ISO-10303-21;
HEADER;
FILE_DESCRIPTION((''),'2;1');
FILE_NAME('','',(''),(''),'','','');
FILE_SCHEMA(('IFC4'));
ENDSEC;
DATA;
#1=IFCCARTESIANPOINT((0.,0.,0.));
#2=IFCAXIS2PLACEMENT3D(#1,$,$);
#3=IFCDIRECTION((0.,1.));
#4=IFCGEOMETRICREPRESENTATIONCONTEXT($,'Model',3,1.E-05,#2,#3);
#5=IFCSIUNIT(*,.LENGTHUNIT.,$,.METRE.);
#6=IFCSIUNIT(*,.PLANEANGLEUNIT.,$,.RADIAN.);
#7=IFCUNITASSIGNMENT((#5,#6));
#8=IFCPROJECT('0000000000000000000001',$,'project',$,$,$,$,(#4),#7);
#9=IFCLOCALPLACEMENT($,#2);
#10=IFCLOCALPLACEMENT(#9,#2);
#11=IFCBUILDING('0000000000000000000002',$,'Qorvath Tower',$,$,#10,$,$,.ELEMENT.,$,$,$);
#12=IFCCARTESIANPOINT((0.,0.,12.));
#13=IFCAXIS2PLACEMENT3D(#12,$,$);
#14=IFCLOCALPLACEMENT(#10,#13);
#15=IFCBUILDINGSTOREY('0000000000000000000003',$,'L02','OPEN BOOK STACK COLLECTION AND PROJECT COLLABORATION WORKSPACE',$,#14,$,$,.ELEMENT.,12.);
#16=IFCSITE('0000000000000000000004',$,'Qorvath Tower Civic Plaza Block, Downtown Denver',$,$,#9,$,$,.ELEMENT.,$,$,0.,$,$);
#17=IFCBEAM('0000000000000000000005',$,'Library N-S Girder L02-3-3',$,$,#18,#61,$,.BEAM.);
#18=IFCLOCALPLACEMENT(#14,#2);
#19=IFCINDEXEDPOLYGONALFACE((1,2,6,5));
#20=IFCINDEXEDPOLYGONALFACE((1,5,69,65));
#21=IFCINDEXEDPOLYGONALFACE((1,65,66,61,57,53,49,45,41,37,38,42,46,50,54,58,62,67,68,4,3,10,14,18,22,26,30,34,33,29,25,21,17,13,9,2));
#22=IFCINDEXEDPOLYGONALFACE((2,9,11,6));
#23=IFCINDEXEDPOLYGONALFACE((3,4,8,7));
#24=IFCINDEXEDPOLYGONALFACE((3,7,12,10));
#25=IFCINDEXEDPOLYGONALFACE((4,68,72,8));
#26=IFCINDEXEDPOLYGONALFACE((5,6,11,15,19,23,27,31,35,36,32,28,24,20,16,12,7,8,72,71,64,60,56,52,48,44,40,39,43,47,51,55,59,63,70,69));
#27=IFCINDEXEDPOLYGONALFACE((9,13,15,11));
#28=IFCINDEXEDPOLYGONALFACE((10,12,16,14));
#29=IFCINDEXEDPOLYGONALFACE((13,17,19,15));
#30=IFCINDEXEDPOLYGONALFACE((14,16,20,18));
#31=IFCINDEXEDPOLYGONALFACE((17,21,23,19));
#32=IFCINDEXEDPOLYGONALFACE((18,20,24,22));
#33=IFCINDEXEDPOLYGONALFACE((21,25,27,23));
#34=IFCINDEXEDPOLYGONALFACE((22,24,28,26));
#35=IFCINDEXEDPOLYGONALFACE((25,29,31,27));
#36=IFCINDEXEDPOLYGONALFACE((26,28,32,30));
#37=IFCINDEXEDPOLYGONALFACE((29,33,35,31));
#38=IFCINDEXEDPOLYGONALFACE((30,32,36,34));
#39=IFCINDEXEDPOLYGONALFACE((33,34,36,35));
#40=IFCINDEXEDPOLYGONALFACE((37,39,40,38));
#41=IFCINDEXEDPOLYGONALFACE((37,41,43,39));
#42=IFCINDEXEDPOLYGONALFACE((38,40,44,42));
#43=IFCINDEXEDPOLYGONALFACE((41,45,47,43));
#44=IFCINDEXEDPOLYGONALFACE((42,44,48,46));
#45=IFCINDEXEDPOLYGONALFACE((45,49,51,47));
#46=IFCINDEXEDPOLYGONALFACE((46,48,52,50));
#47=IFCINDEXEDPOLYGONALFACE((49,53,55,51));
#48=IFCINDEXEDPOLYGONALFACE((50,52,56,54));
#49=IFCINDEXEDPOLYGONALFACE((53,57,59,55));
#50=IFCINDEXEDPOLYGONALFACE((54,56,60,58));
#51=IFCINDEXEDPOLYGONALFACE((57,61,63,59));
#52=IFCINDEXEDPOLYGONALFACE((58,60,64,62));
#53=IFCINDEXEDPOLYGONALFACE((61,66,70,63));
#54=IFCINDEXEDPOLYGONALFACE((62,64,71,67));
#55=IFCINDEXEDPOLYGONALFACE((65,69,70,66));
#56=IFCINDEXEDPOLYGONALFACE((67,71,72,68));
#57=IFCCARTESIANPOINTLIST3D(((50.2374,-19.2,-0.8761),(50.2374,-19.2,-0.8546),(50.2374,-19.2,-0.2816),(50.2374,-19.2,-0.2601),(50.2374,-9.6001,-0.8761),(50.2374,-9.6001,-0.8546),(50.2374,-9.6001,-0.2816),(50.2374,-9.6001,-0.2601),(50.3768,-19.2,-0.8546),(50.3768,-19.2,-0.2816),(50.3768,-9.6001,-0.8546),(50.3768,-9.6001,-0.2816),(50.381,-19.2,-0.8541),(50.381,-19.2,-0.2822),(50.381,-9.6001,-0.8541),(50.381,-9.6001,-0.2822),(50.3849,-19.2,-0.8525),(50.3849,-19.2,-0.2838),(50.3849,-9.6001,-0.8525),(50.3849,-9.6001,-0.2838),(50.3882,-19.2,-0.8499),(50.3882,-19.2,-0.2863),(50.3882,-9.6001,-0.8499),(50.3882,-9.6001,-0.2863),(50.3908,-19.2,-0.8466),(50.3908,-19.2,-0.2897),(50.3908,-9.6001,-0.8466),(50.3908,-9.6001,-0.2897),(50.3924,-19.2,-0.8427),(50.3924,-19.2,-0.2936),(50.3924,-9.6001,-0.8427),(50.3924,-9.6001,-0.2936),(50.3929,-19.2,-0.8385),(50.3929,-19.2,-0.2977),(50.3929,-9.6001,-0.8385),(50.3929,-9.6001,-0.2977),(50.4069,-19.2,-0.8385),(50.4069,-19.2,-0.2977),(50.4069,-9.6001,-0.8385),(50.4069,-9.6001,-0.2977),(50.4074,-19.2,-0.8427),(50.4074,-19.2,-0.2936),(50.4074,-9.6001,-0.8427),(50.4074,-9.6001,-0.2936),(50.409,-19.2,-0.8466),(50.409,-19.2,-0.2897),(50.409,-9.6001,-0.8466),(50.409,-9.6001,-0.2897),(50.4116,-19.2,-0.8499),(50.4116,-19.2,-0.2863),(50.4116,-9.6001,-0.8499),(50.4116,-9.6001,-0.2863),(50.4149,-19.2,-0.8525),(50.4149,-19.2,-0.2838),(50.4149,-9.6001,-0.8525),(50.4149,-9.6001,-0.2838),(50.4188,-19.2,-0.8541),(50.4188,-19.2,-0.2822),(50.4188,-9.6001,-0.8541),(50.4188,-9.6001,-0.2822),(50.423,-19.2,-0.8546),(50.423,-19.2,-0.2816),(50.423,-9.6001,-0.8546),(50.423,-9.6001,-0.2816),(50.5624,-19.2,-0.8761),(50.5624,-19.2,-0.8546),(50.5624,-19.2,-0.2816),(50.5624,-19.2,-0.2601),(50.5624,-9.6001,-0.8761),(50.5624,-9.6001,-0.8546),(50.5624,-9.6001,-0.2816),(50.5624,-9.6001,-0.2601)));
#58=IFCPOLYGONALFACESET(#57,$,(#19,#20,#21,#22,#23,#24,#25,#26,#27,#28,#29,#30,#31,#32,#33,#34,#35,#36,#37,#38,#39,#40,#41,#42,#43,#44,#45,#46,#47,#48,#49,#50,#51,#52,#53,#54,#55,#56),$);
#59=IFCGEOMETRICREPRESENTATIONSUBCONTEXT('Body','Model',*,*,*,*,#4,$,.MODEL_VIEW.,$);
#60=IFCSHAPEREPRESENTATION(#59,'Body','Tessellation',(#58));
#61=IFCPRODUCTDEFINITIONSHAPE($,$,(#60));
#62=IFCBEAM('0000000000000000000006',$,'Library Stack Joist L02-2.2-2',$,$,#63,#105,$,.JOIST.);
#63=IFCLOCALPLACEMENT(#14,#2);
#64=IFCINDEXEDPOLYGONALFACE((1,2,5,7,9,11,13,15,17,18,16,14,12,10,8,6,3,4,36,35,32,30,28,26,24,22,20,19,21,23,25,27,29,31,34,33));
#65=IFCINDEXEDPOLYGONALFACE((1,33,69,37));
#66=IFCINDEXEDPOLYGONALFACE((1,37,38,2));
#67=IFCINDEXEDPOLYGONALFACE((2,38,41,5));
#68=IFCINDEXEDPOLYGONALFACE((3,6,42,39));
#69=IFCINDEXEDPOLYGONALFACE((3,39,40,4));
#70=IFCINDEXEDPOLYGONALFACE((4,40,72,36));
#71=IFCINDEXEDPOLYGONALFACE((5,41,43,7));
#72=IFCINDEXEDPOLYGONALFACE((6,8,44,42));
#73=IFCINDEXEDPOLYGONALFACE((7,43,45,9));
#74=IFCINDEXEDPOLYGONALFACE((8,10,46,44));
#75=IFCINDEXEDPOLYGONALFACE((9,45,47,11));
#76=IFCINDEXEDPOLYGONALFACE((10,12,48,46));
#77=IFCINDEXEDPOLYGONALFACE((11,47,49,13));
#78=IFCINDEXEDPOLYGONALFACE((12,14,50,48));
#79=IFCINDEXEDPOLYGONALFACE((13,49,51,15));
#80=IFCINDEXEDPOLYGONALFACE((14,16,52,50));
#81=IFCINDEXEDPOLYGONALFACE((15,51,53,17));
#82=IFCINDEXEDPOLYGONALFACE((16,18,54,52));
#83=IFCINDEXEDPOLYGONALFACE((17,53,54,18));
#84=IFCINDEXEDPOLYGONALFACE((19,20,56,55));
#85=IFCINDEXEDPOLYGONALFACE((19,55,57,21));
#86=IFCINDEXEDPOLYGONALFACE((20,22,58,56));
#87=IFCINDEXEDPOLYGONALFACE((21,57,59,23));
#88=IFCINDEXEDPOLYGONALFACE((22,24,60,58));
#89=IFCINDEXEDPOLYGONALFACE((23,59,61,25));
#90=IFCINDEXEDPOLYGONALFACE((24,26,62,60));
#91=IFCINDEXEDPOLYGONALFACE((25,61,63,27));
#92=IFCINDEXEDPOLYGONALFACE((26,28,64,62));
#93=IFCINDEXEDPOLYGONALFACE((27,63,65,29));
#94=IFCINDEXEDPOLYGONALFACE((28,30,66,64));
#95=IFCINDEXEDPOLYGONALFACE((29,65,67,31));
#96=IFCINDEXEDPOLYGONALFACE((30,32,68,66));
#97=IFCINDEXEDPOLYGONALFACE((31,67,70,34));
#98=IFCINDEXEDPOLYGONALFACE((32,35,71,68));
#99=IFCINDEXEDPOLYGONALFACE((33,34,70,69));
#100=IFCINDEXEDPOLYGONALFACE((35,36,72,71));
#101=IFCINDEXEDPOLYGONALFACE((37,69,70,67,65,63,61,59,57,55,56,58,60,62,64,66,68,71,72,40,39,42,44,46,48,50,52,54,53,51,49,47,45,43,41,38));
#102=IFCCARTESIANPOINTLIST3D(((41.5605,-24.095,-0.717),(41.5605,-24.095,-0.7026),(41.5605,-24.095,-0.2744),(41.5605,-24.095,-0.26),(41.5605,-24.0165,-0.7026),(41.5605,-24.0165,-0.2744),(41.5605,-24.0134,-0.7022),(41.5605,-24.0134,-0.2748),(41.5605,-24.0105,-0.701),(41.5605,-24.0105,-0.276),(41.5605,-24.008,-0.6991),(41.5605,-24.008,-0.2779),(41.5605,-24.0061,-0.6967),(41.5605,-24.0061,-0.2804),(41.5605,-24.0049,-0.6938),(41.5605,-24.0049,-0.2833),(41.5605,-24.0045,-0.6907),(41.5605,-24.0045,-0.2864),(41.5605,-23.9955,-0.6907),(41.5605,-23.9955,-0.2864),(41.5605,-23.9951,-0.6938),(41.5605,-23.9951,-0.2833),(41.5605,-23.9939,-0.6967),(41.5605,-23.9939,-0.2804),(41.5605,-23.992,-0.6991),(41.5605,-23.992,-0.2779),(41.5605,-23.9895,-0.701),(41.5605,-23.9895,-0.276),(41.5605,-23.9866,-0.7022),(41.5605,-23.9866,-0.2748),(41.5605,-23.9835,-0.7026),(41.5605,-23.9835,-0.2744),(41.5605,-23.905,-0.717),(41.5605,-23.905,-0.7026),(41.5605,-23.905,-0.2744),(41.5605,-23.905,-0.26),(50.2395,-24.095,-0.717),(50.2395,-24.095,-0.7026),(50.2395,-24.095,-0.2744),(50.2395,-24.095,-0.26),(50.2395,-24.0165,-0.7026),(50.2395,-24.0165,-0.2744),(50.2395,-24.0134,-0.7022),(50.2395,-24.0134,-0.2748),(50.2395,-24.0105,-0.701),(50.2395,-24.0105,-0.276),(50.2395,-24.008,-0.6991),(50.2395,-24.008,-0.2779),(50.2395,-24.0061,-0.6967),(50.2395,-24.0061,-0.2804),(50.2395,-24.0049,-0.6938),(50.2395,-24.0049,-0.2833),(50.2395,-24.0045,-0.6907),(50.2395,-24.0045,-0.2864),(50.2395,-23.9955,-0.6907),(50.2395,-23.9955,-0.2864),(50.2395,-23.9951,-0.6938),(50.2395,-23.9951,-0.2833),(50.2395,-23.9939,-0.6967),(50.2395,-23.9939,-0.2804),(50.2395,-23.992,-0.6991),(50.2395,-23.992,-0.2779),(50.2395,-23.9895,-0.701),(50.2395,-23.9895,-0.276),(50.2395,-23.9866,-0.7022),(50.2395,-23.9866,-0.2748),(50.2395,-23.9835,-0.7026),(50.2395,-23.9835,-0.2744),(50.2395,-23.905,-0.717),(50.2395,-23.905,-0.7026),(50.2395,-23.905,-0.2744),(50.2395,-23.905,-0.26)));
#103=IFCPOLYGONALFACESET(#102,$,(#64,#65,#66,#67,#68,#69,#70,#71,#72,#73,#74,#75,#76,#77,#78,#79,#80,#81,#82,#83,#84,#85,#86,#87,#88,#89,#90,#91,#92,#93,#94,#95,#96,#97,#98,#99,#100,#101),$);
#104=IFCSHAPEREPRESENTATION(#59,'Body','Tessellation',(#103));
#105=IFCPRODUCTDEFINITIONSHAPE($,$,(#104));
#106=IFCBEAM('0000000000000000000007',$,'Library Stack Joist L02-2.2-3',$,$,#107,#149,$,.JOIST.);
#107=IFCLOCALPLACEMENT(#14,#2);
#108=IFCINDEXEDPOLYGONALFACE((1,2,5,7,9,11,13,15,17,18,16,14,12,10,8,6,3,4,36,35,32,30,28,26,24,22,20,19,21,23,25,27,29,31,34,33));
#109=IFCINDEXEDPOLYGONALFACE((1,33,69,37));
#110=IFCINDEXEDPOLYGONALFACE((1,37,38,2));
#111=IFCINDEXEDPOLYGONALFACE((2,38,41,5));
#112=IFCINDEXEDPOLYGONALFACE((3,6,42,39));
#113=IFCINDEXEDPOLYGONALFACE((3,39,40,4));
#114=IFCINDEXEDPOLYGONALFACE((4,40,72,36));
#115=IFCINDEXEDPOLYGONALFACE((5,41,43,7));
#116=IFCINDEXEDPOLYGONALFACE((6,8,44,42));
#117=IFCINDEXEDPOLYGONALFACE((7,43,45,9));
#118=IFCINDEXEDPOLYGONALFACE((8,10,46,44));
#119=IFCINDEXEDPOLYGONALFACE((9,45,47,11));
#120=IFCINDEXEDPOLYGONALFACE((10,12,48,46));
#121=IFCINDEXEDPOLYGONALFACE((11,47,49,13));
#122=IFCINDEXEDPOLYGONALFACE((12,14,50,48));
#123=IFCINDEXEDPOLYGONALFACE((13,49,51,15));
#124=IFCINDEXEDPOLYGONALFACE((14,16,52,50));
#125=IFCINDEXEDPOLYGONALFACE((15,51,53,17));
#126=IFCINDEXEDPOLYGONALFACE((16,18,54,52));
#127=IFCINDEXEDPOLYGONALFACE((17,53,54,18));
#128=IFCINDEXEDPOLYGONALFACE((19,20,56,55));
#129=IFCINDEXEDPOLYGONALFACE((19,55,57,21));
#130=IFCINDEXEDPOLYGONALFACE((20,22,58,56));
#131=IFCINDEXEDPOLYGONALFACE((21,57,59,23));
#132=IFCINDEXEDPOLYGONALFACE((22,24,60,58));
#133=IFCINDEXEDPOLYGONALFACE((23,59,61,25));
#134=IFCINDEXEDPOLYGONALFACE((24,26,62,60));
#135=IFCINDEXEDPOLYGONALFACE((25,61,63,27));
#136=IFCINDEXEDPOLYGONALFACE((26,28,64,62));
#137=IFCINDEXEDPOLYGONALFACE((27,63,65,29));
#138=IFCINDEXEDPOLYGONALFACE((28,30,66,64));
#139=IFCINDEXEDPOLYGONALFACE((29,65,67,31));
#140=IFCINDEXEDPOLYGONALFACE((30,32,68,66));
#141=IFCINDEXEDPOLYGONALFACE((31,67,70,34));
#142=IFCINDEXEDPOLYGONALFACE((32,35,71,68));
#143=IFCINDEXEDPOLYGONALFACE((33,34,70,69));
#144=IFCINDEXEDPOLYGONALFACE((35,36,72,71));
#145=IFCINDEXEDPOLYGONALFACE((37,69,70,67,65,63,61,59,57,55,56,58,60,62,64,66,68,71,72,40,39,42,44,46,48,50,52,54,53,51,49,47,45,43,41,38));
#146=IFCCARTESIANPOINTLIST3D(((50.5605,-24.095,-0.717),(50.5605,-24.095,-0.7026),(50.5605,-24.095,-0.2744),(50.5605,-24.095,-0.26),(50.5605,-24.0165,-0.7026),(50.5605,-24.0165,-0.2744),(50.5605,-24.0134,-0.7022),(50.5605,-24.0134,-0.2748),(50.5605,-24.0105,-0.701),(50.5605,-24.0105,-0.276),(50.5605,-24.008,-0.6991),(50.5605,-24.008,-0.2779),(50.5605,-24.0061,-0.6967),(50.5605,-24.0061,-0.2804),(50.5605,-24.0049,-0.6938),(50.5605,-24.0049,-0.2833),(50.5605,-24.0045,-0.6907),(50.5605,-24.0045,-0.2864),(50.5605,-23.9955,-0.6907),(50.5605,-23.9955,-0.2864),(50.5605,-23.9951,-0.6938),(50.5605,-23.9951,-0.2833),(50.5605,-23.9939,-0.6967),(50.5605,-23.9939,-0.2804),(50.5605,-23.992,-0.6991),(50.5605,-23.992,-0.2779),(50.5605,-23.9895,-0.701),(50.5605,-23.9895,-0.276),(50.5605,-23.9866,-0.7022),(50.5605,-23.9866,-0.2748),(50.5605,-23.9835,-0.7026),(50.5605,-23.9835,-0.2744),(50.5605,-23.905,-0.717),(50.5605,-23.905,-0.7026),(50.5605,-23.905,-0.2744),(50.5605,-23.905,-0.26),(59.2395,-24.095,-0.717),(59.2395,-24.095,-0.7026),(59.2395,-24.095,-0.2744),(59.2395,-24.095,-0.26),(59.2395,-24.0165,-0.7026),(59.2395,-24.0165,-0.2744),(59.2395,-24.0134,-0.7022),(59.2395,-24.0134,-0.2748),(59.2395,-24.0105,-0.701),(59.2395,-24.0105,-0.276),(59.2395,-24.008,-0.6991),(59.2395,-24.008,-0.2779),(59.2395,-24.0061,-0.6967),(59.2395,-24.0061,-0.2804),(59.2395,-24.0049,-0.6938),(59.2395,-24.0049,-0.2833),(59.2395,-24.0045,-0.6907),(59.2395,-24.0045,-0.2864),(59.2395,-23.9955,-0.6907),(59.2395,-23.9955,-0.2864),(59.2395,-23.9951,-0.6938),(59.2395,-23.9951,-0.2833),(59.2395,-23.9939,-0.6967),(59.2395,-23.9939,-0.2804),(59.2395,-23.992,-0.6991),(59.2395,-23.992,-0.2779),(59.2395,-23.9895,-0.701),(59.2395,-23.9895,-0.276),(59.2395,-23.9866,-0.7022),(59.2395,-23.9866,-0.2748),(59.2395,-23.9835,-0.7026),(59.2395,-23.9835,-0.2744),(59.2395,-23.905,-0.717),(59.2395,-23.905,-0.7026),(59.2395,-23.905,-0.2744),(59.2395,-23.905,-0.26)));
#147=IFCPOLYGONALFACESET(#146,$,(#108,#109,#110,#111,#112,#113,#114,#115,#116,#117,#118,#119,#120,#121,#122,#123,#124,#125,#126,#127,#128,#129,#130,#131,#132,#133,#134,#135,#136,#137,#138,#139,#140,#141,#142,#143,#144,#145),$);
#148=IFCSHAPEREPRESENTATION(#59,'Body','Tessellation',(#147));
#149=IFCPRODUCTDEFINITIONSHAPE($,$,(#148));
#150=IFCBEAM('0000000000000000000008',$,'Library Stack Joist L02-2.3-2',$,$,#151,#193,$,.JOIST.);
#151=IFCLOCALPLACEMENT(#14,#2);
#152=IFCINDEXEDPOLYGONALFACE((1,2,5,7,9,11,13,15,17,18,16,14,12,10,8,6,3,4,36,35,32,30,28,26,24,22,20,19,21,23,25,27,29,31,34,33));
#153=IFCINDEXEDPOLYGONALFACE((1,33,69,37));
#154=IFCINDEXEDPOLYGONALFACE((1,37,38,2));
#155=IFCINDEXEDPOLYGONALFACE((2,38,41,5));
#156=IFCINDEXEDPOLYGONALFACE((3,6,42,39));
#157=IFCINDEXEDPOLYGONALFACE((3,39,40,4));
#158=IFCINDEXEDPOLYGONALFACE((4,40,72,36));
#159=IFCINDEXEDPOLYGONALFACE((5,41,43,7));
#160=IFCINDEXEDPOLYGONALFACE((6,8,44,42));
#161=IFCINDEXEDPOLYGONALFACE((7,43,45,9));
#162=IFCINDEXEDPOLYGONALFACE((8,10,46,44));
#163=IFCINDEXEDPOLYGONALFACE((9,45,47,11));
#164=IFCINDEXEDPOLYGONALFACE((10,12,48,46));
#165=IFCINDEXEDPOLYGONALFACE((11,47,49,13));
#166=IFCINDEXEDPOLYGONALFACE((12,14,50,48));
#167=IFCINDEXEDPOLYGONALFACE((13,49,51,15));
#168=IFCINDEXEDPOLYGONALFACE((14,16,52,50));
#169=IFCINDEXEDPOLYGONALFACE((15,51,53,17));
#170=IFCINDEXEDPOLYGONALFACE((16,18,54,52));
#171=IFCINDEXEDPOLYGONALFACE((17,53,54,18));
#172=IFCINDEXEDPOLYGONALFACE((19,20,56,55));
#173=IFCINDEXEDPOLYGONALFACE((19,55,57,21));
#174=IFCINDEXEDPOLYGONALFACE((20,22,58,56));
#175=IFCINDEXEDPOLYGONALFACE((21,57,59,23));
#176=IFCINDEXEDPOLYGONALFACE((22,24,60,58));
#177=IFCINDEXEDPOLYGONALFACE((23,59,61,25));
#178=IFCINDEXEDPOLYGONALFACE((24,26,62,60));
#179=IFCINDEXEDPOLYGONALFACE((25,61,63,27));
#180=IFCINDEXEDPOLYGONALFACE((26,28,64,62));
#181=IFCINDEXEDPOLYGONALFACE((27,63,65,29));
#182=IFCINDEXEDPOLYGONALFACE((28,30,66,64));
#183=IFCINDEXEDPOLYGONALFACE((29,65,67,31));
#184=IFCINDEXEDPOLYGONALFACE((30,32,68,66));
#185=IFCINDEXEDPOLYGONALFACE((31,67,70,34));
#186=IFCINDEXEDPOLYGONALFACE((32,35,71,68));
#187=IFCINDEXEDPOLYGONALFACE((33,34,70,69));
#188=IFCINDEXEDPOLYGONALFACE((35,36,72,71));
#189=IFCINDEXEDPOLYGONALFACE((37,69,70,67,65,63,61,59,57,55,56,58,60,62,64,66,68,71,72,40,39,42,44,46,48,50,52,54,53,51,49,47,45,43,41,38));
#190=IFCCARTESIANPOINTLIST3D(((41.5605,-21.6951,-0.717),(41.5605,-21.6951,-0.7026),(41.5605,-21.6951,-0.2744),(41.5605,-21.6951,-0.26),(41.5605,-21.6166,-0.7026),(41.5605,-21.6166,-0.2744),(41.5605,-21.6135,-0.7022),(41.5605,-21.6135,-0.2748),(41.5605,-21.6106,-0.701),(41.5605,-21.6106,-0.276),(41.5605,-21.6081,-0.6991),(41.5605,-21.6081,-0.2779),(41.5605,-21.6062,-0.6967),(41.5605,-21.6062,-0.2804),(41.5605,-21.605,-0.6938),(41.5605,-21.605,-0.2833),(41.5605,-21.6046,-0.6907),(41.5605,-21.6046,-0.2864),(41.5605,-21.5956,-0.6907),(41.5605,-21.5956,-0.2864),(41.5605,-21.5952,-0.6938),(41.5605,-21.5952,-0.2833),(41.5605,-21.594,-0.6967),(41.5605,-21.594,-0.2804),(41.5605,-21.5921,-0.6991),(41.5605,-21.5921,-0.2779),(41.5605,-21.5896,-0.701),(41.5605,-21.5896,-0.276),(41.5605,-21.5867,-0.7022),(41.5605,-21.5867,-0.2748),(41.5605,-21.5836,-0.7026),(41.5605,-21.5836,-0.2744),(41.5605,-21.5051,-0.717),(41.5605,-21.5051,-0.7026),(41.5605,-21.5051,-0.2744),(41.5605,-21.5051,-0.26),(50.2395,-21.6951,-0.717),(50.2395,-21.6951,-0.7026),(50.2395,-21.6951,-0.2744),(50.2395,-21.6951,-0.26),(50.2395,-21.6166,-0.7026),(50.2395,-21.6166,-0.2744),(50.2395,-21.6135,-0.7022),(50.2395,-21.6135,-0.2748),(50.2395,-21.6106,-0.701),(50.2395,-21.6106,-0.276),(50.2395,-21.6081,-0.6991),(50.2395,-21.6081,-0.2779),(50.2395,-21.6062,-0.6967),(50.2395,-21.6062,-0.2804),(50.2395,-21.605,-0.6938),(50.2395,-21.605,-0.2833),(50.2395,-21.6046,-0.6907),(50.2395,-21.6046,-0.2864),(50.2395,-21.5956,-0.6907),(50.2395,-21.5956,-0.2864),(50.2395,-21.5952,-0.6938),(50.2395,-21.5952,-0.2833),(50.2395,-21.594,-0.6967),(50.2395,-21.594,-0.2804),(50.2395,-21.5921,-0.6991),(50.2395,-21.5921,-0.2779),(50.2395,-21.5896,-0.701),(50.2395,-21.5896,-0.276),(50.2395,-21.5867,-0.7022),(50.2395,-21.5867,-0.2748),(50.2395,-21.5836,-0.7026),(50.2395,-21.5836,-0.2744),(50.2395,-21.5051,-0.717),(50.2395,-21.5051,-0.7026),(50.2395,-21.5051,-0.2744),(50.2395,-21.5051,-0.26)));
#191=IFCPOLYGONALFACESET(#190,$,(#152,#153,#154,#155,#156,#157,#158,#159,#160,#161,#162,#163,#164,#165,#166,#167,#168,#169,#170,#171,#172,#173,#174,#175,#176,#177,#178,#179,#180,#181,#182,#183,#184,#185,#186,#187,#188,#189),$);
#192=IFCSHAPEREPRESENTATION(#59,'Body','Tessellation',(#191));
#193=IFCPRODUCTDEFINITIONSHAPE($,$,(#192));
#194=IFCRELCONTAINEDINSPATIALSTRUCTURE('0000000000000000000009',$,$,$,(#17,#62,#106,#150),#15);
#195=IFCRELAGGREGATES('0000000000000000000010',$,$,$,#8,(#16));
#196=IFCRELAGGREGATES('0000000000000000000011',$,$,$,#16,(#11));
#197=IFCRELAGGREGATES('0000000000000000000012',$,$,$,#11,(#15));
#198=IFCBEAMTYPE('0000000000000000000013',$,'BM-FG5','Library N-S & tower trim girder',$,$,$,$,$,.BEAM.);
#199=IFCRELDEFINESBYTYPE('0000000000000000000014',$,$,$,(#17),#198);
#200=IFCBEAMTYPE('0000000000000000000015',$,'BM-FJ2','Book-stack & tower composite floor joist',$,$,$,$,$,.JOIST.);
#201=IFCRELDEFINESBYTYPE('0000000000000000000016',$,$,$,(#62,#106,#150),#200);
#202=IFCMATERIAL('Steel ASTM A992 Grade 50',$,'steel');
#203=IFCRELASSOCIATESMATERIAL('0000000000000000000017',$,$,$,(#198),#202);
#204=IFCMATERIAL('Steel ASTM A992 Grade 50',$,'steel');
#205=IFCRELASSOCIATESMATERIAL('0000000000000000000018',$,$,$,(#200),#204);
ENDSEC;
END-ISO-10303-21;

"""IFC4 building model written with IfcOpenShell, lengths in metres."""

from ifc_helpers import new_model, si_unit, direction, frame, origin, origin_2d, place, context, subcontext, project, spatial, i_section, extrude, material, material_profile, profile_set, type_object, element, save


model = new_model("IFC4")

# Units and contexts
model_context = context("Model", 3, precision=1e-05, world=origin(), true_north=direction((0.0, 1.0)))
body_context = subcontext(model_context, "Body", "Model", "MODEL_VIEW")
ifc_project = project(units=[si_unit("LENGTHUNIT", "METRE"), si_unit("PLANEANGLEUNIT", "RADIAN")], contexts=[model_context])

# Site, building, storey
site_placement = place(None, origin())
site = spatial("IfcSite", under=ifc_project, at=site_placement, Name="Qorvath Tower Civic Plaza Block, Downtown Denver", CompositionType="ELEMENT", RefElevation=0.0)
building_placement = place(site_placement, origin())
building = spatial("IfcBuilding", under=site, at=building_placement, Name="Qorvath Tower", CompositionType="ELEMENT")
storey_placement = place(building_placement, frame((0.0, 0.0, 12.0)))
storey = spatial("IfcBuildingStorey", under=building, at=storey_placement, Name="L02", Description="OPEN BOOK STACK COLLECTION AND PROJECT COLLABORATION WORKSPACE", CompositionType="ELEMENT", Elevation=12.0)

# Beams
ifc_material_1 = material(Name="Steel ASTM A992 Grade 50", Category="steel")
ifc_material_profile_1 = material_profile(ifc_material_1, i_section(OverallWidth=0.325, OverallDepth=0.616, WebThickness=0.0139, FlangeThickness=0.0215, FilletRadius=0.0161, at=origin_2d()), Name="W24x117")
ifc_profile_set_1 = profile_set([ifc_material_profile_1], Name="Steel ASTM A992 Grade 50")
beam_type_1 = type_object("IfcBeamType", Name="BM-FG5", Description="Library N-S & tower trim girder", PredefinedType="BEAM", material=ifc_profile_set_1)
for number, where, z_axis, x_axis, name in (
    (1, (50.3999, -19.2, -0.5681), (0.0, 1.0, 0.0), (-1.0, 0.0, 0.0), "Library N-S Girder L02-3-3"),
):
    element("IfcBeam", number, at=place(storey_placement, frame(where, z_axis=z_axis, x_axis=x_axis)), inside=storey, type_object=beam_type_1, Name=name, PredefinedType="BEAM", context=body_context, shape_type="SweptSolid", body=[
        extrude(i_section(OverallWidth=0.325, OverallDepth=0.616, WebThickness=0.0139, FlangeThickness=0.0215, FilletRadius=0.0161, at=origin_2d()), origin(), (0.0, 0.0, 1.0), 9.5999),
    ])
ifc_material_2 = material(Name="Steel ASTM A992 Grade 50", Category="steel")
ifc_material_profile_2 = material_profile(ifc_material_2, i_section(OverallWidth=0.1899, OverallDepth=0.457, WebThickness=0.009, FlangeThickness=0.0144, FilletRadius=0.012, at=origin_2d()), Name="W18x50")
ifc_profile_set_2 = profile_set([ifc_material_profile_2], Name="Steel ASTM A992 Grade 50")
beam_type_2 = type_object("IfcBeamType", Name="BM-FJ2", Description="Book-stack & tower composite floor joist", PredefinedType="JOIST", material=ifc_profile_set_2)
for number, where, z_axis, x_axis, name in (
    (2, (41.5605, -24.0, -0.4885), (1.0, 0.0, 0.0), (0.0, 1.0, 0.0), "Library Stack Joist L02-2.2-2"),
    (3, (50.5605, -24.0, -0.4885), (1.0, 0.0, 0.0), (0.0, 1.0, 0.0), "Library Stack Joist L02-2.2-3"),
    (4, (41.5605, -21.6001, -0.4885), (1.0, 0.0, 0.0), (0.0, 1.0, 0.0), "Library Stack Joist L02-2.3-2"),
):
    element("IfcBeam", number, at=place(storey_placement, frame(where, z_axis=z_axis, x_axis=x_axis)), inside=storey, type_object=beam_type_2, Name=name, PredefinedType="JOIST", context=body_context, shape_type="SweptSolid", body=[
        extrude(i_section(OverallWidth=0.1899, OverallDepth=0.457, WebThickness=0.009, FlangeThickness=0.0144, FilletRadius=0.012, at=origin_2d()), origin(), (0.0, 0.0, 1.0), 8.679),
    ])

save(model, "model.ifc")
